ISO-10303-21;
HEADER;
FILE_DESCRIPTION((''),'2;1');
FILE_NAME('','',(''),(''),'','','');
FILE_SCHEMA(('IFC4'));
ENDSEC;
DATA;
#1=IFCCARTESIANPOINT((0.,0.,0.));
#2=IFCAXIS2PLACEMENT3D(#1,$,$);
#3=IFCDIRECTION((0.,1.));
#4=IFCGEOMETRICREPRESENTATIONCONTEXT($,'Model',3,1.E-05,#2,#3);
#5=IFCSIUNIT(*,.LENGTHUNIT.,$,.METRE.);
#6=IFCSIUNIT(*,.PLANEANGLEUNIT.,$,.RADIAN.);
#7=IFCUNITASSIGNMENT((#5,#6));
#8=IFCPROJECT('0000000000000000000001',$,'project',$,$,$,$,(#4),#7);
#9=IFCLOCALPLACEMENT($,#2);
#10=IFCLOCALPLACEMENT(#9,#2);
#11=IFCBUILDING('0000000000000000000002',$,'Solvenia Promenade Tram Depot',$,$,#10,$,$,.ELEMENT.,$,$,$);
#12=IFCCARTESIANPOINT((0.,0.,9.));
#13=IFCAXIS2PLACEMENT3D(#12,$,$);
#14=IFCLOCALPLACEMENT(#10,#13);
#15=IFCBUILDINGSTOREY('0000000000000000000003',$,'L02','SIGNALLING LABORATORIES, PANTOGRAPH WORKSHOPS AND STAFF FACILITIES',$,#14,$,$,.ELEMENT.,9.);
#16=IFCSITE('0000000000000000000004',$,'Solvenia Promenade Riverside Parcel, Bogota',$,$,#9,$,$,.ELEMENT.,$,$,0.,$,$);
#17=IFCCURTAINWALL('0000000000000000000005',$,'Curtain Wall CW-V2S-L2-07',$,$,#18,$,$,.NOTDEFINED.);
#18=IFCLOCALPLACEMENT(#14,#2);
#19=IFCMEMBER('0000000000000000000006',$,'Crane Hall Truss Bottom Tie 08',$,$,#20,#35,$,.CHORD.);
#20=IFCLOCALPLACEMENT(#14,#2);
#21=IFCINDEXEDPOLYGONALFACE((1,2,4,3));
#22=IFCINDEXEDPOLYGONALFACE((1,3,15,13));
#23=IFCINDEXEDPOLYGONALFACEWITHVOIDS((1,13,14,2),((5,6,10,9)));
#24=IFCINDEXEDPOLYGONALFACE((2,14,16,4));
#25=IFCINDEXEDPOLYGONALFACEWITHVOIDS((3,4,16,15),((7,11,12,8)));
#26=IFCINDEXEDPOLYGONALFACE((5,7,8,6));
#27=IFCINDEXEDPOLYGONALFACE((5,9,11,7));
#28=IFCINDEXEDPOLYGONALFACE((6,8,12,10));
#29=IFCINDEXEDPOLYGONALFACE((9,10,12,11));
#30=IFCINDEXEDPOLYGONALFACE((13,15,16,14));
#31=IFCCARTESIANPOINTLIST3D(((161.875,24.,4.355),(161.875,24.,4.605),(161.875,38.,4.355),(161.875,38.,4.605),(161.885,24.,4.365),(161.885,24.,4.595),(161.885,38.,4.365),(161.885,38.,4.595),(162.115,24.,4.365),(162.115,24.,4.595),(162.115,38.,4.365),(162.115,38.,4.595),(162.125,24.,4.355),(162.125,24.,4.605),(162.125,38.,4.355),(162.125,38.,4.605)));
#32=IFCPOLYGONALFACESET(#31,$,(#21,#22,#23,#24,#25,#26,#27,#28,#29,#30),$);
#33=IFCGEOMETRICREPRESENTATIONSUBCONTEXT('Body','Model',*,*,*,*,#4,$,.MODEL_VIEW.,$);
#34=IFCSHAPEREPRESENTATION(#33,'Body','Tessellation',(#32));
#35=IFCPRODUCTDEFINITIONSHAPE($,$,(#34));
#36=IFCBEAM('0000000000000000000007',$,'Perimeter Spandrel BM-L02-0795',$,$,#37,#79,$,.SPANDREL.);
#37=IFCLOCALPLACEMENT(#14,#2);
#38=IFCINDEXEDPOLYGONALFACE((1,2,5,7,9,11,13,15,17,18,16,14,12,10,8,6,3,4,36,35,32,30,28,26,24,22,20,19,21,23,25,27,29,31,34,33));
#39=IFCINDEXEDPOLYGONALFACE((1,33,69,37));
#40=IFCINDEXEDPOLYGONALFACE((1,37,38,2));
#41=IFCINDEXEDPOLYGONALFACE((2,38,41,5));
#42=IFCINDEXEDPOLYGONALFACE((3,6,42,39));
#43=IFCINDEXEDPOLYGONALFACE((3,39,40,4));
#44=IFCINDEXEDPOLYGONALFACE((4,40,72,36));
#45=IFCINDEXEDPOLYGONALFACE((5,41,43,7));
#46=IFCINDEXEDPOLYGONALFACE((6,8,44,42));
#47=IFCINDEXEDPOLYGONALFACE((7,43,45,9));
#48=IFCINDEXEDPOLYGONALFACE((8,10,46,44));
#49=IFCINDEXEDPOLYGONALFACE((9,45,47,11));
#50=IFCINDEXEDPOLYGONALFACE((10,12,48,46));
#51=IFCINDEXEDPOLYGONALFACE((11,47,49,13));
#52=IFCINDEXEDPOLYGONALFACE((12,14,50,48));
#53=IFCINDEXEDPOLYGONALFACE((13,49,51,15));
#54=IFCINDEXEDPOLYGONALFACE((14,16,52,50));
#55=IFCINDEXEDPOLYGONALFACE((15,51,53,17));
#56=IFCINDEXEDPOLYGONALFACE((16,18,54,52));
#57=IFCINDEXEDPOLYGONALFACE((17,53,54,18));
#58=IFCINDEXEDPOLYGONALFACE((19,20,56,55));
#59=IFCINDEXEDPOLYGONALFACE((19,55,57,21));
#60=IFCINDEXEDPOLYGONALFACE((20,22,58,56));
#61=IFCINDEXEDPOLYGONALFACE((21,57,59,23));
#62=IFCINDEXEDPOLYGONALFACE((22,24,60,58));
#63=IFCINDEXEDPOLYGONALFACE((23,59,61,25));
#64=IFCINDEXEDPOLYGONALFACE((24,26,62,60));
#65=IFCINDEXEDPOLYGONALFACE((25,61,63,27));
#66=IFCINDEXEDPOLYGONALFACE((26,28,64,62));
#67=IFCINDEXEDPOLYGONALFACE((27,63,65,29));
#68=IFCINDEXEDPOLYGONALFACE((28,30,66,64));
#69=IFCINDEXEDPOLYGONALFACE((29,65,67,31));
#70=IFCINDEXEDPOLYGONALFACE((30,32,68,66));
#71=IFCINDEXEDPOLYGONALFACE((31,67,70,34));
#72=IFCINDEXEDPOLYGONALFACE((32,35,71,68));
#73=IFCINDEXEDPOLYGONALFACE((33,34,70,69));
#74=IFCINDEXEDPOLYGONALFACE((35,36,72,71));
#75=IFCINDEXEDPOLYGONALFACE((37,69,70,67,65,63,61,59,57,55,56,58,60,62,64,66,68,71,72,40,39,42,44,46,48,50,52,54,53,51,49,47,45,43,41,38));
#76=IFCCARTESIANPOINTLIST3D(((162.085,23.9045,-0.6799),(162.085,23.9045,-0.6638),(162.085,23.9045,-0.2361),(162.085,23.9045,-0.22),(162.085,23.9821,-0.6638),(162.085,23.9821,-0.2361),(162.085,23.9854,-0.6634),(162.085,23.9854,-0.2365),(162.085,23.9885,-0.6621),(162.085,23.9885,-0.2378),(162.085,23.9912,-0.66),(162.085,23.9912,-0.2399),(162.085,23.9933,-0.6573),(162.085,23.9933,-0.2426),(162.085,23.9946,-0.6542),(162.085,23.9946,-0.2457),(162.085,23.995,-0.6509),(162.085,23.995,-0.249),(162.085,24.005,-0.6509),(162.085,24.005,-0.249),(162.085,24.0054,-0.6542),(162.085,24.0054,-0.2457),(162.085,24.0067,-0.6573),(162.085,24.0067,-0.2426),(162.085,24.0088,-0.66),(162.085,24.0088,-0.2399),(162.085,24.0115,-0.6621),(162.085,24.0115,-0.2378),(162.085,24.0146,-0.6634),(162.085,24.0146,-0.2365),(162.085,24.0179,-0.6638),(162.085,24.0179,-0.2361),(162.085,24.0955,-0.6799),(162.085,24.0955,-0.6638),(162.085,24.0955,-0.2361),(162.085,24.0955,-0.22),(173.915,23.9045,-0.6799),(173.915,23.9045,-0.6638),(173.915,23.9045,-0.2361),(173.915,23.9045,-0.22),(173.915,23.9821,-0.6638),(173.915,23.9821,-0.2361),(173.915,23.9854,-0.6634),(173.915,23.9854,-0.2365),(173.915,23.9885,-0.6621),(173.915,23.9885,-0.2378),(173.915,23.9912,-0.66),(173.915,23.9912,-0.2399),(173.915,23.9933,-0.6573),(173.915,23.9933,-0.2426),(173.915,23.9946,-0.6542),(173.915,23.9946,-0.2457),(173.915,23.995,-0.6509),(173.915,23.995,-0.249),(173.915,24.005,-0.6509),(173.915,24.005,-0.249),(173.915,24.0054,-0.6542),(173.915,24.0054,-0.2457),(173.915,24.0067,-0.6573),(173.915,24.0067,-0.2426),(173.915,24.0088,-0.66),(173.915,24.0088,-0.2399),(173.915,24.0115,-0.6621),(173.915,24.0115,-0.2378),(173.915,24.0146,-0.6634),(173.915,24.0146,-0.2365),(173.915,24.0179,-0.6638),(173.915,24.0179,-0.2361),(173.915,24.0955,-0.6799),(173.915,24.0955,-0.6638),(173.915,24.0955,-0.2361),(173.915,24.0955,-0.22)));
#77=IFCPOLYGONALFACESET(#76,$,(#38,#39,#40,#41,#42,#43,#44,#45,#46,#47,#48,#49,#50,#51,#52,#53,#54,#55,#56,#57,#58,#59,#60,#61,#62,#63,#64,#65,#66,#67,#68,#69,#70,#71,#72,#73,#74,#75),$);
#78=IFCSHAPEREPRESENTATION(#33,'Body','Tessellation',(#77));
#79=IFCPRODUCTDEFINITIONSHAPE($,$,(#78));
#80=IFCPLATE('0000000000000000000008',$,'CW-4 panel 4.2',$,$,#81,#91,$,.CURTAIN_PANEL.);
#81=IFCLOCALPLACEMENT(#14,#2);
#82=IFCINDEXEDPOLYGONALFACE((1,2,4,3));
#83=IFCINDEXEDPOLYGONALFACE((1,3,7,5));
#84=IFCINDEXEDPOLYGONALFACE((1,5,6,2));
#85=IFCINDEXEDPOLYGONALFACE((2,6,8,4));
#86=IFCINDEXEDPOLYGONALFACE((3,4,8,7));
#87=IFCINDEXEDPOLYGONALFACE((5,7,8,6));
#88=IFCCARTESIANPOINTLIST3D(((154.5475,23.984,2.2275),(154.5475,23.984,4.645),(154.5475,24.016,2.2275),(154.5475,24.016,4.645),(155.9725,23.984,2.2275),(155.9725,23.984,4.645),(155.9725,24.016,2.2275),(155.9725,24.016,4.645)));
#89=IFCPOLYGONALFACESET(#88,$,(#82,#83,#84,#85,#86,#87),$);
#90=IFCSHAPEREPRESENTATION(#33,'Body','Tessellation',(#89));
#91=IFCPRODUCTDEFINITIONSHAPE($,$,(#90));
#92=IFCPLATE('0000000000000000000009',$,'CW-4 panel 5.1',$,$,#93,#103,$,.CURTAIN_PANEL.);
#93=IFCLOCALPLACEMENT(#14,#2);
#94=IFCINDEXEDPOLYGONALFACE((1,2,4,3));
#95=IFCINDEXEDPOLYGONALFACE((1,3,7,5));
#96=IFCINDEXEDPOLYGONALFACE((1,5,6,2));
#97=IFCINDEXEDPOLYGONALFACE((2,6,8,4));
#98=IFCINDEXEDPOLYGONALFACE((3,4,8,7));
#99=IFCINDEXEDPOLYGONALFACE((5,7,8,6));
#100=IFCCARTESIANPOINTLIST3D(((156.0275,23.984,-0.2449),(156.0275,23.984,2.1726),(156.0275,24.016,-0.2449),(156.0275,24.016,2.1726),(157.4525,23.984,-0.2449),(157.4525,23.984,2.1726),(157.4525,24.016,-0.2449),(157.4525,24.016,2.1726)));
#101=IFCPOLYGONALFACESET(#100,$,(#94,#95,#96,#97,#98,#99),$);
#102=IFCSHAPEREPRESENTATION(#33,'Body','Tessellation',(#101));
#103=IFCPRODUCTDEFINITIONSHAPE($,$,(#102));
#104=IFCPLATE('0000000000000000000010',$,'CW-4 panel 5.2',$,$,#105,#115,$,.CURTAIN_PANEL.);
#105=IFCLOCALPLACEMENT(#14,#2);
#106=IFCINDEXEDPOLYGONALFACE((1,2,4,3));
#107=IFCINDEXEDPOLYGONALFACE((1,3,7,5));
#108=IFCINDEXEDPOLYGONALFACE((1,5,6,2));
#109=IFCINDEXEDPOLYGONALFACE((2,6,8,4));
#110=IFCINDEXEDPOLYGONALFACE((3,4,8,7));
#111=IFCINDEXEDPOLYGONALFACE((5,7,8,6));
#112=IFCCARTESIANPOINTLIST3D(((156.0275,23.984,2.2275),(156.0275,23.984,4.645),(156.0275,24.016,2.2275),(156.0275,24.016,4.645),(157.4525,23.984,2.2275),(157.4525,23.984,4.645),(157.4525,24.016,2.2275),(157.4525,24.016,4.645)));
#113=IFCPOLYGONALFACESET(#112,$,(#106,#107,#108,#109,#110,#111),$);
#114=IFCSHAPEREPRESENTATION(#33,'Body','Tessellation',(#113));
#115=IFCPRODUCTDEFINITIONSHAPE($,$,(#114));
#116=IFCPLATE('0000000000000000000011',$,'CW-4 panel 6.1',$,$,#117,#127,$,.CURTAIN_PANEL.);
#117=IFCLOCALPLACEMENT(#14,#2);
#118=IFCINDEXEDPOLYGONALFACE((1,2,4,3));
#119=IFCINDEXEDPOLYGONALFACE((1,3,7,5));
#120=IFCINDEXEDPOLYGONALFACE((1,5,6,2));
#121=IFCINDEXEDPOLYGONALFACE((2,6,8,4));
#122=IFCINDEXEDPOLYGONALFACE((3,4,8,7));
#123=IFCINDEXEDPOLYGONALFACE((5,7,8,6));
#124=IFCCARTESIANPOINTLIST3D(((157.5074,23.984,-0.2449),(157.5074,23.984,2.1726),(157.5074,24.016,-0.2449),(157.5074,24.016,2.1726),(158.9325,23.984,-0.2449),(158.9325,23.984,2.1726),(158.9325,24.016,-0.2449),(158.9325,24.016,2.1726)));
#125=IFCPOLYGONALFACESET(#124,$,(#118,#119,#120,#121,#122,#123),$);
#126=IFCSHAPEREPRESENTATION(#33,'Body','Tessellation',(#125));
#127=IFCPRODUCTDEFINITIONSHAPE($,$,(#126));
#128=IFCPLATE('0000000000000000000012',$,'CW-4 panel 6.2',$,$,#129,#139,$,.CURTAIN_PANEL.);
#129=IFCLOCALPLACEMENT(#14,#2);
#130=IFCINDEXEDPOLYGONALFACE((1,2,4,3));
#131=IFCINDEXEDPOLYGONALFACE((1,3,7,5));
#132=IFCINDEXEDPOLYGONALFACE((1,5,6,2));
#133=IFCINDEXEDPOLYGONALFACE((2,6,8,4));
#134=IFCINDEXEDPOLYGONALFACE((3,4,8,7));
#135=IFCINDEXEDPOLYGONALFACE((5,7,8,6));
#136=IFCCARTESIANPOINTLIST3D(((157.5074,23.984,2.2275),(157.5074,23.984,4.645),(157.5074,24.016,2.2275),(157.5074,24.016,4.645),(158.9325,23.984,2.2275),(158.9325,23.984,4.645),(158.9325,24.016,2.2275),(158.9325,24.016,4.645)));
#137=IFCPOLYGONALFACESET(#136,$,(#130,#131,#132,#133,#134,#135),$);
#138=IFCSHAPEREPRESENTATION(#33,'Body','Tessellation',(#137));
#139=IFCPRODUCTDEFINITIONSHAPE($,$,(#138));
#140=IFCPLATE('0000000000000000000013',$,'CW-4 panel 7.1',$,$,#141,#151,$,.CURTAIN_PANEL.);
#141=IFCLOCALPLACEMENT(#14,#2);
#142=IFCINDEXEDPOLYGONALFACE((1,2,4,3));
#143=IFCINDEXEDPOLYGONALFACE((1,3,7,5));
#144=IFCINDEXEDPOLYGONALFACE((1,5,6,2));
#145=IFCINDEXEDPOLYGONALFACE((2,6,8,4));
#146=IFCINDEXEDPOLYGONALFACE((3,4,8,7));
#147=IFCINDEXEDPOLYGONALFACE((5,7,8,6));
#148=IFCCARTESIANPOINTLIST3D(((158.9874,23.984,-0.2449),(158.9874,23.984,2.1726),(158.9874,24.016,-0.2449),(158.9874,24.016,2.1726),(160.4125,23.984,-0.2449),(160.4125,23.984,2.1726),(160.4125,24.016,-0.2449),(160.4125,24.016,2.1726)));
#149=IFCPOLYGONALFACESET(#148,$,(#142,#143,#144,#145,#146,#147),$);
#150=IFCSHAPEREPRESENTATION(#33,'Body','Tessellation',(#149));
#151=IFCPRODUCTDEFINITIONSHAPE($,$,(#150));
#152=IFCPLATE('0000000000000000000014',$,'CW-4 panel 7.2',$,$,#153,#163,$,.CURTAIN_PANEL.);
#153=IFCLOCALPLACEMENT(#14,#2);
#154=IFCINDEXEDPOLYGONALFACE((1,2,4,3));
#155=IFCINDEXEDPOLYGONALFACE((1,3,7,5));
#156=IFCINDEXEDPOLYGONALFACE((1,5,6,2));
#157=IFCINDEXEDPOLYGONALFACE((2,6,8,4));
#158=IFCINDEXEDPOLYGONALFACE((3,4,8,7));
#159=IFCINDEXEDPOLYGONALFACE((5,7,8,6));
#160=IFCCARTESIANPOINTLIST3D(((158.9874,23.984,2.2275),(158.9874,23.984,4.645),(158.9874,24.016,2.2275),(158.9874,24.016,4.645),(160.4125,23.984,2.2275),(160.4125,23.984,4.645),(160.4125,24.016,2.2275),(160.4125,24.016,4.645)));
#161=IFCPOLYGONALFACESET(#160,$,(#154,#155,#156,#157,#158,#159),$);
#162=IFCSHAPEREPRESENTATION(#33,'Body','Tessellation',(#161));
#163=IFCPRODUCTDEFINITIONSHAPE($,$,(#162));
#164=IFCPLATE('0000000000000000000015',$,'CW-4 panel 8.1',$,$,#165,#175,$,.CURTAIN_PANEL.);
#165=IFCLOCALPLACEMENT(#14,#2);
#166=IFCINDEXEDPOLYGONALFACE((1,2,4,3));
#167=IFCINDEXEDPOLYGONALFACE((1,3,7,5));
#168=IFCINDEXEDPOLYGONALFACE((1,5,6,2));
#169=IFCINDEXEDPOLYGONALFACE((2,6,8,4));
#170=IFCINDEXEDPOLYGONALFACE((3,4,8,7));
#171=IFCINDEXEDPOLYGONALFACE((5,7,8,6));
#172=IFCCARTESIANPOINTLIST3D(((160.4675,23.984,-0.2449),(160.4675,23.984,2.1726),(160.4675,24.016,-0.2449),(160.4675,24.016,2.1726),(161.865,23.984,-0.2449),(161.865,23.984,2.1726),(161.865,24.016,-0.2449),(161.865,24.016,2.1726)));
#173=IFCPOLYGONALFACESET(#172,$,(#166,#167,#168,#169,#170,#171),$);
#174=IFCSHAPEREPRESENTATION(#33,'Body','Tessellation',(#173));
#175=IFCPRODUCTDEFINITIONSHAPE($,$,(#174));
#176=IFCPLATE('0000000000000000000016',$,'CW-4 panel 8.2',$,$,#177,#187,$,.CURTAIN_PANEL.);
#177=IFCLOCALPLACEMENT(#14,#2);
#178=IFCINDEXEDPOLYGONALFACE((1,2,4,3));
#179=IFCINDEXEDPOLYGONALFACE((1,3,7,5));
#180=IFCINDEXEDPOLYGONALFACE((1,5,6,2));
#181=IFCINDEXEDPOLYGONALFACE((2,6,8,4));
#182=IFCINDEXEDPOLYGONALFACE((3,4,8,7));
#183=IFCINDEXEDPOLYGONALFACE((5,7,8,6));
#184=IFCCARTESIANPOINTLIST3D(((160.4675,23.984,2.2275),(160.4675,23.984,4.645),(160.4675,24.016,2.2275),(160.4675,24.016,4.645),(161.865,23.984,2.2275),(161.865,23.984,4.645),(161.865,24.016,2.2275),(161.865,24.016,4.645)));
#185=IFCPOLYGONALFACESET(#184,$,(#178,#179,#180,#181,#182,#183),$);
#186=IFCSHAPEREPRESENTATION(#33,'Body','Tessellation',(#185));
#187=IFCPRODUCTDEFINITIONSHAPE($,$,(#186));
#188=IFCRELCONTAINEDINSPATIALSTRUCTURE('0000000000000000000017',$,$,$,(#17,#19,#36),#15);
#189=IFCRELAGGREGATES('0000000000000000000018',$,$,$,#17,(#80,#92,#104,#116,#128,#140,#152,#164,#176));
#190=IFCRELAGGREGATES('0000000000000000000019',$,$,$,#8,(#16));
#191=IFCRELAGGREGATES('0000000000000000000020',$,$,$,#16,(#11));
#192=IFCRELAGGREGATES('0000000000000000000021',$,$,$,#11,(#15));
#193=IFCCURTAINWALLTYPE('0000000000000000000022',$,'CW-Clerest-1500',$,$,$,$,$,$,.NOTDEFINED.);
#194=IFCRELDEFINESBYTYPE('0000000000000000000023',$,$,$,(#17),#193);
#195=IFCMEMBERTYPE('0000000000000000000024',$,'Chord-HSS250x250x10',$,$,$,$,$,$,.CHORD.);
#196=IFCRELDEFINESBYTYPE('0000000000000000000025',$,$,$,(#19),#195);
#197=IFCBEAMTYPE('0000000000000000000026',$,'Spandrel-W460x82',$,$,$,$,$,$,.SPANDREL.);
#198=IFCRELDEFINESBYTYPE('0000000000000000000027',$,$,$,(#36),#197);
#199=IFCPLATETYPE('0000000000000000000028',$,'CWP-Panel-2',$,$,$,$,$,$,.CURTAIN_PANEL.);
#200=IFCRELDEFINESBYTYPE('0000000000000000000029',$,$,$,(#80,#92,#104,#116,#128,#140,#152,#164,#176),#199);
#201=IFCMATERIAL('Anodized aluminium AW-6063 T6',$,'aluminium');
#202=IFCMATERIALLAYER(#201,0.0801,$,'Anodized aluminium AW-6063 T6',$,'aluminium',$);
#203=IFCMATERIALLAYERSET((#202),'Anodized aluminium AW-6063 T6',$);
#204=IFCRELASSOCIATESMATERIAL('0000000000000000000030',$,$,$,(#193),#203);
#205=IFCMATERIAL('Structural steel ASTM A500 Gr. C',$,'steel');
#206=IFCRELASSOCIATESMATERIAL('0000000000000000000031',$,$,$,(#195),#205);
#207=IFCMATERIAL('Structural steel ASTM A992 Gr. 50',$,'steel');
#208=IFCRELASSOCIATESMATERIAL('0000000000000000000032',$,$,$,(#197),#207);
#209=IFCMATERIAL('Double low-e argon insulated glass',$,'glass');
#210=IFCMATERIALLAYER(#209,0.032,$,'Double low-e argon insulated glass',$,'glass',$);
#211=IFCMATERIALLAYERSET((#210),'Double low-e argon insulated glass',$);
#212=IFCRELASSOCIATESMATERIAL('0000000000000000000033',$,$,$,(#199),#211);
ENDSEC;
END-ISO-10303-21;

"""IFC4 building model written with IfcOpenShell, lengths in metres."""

from ifc_helpers import new_model, si_unit, direction, frame, origin, origin_2d, place, context, subcontext, project, spatial, rectangle, hollow_rectangle, i_section, extrude, material, layer, layer_set, material_profile, profile_set, type_object, element, aggregate, save


model = new_model("IFC4")

# Units and contexts
model_context = context("Model", 3, precision=1e-05, world=origin(), true_north=direction((0.0, 1.0)))
body_context = subcontext(model_context, "Body", "Model", "MODEL_VIEW")
ifc_project = project(units=[si_unit("LENGTHUNIT", "METRE"), si_unit("PLANEANGLEUNIT", "RADIAN")], contexts=[model_context])

# Site, building, storey
site_placement = place(None, origin())
site = spatial("IfcSite", under=ifc_project, at=site_placement, Name="Solvenia Promenade Riverside Parcel, Bogota", CompositionType="ELEMENT", RefElevation=0.0)
building_placement = place(site_placement, origin())
building = spatial("IfcBuilding", under=site, at=building_placement, Name="Solvenia Promenade Tram Depot", CompositionType="ELEMENT")
storey_placement = place(building_placement, frame((0.0, 0.0, 9.0)))
storey = spatial("IfcBuildingStorey", under=building, at=storey_placement, Name="L02", Description="SIGNALLING LABORATORIES, PANTOGRAPH WORKSHOPS AND STAFF FACILITIES", CompositionType="ELEMENT", Elevation=9.0)

# Shared definitions
ifc_material_1 = material(Name="Structural steel ASTM A992 Gr. 50", Category="steel")

# Curtain wall
ifc_material_2 = material(Name="Anodized aluminium AW-6063 T6", Category="aluminium")
ifc_layer_1 = layer(ifc_material_2, 0.0801, Name="Anodized aluminium AW-6063 T6", Category="aluminium")
ifc_layer_set_1 = layer_set([ifc_layer_1], Name="Anodized aluminium AW-6063 T6")
curtain_wall_type = type_object("IfcCurtainWallType", Name="CW-Clerest-1500", PredefinedType="NOTDEFINED", material=ifc_layer_set_1)
curtain_wall_1_placement = place(storey_placement, origin())
curtain_wall_1 = element("IfcCurtainWall", 1, at=curtain_wall_1_placement, inside=storey, type_object=curtain_wall_type, Name="Curtain Wall CW-V2S-L2-07", PredefinedType="NOTDEFINED")

# Member
ifc_material_3 = material(Name="Structural steel ASTM A500 Gr. C", Category="steel")
ifc_material_profile_1 = material_profile(ifc_material_3, hollow_rectangle(XDim=0.25, YDim=0.25, WallThickness=0.01, at=origin_2d()), Name="HSS250x250x10", Category="steel")
ifc_profile_set_1 = profile_set([ifc_material_profile_1], Name="Structural steel ASTM A500 Gr. C")
member_type_1 = type_object("IfcMemberType", Name="Chord-HSS250x250x10", PredefinedType="CHORD", material=ifc_profile_set_1)
member_1_placement = place(storey_placement, frame((162.0, 24.0, 4.48), z_axis=(0.0, 1.0, 0.0), x_axis=(-1.0, 0.0, 0.0)))
element("IfcMember", 2, at=member_1_placement, inside=storey, type_object=member_type_1, Name="Crane Hall Truss Bottom Tie 08", PredefinedType="CHORD", context=body_context, shape_type="SweptSolid", body=[
    extrude(hollow_rectangle(XDim=0.25, YDim=0.25, WallThickness=0.01, at=origin_2d()), origin(), (0.0, 0.0, 1.0), 14.0),
])

# Beam
ifc_material_profile_2 = material_profile(ifc_material_1, i_section(OverallWidth=0.1909, OverallDepth=0.46, WebThickness=0.01, FlangeThickness=0.0161, FilletRadius=0.0129, at=origin_2d()), Name="W460x82", Category="steel")
ifc_profile_set_2 = profile_set([ifc_material_profile_2], Name="Structural steel ASTM A992 Gr. 50")
beam_type = type_object("IfcBeamType", Name="Spandrel-W460x82", PredefinedType="SPANDREL", material=ifc_profile_set_2)
beam_placement = place(storey_placement, frame((162.085, 24.0, -0.45), z_axis=(1.0, 0.0, 0.0), x_axis=(0.0, 1.0, 0.0)))
element("IfcBeam", 3, at=beam_placement, inside=storey, type_object=beam_type, Name="Perimeter Spandrel BM-L02-0795", PredefinedType="SPANDREL", context=body_context, shape_type="SweptSolid", body=[
    extrude(i_section(OverallWidth=0.1909, OverallDepth=0.46, WebThickness=0.01, FlangeThickness=0.0161, FilletRadius=0.0129, at=origin_2d()), origin(), (0.0, 0.0, 1.0), 11.8301),
])

# Plates
ifc_material_4 = material(Name="Double low-e argon insulated glass", Category="glass")
ifc_layer_2 = layer(ifc_material_4, 0.032, Name="Double low-e argon insulated glass", Category="glass")
ifc_layer_set_2 = layer_set([ifc_layer_2], Name="Double low-e argon insulated glass")
plate_type = type_object("IfcPlateType", Name="CWP-Panel-2", PredefinedType="CURTAIN_PANEL", material=ifc_layer_set_2)
plate_1_placement = place(storey_placement, frame((155.26, 24.0, 2.2275), z_axis=(0.0, 0.0, 1.0), x_axis=(1.0, 0.0, 0.0)))
plate_1 = element("IfcPlate", 4, at=plate_1_placement, type_object=plate_type, Name="CW-4 panel 4.2", PredefinedType="CURTAIN_PANEL", context=body_context, shape_type="SweptSolid", body=[
    extrude(rectangle(XDim=1.425, YDim=0.032, at=origin_2d()), origin(), (0.0, 0.0, 1.0), 2.4175),
])
plate_2_placement = place(storey_placement, frame((156.74, 24.0, -0.2449), z_axis=(0.0, 0.0, 1.0), x_axis=(1.0, 0.0, 0.0)))
plate_2 = element("IfcPlate", 5, at=plate_2_placement, type_object=plate_type, Name="CW-4 panel 5.1", PredefinedType="CURTAIN_PANEL", context=body_context, shape_type="SweptSolid", body=[
    extrude(rectangle(XDim=1.425, YDim=0.032, at=origin_2d()), origin(), (0.0, 0.0, 1.0), 2.4175),
])
plate_3_placement = place(storey_placement, frame((156.74, 24.0, 2.2275), z_axis=(0.0, 0.0, 1.0), x_axis=(1.0, 0.0, 0.0)))
plate_3 = element("IfcPlate", 6, at=plate_3_placement, type_object=plate_type, Name="CW-4 panel 5.2", PredefinedType="CURTAIN_PANEL", context=body_context, shape_type="SweptSolid", body=[
    extrude(rectangle(XDim=1.425, YDim=0.032, at=origin_2d()), origin(), (0.0, 0.0, 1.0), 2.4175),
])
plate_4_placement = place(storey_placement, frame((158.22, 24.0, -0.2449), z_axis=(0.0, 0.0, 1.0), x_axis=(1.0, 0.0, 0.0)))
plate_4 = element("IfcPlate", 7, at=plate_4_placement, type_object=plate_type, Name="CW-4 panel 6.1", PredefinedType="CURTAIN_PANEL", context=body_context, shape_type="SweptSolid", body=[
    extrude(rectangle(XDim=1.425, YDim=0.032, at=origin_2d()), origin(), (0.0, 0.0, 1.0), 2.4175),
])
plate_5_placement = place(storey_placement, frame((158.22, 24.0, 2.2275), z_axis=(0.0, 0.0, 1.0), x_axis=(1.0, 0.0, 0.0)))
plate_5 = element("IfcPlate", 8, at=plate_5_placement, type_object=plate_type, Name="CW-4 panel 6.2", PredefinedType="CURTAIN_PANEL", context=body_context, shape_type="SweptSolid", body=[
    extrude(rectangle(XDim=1.425, YDim=0.032, at=origin_2d()), origin(), (0.0, 0.0, 1.0), 2.4175),
])
plate_6_placement = place(storey_placement, frame((159.7, 24.0, -0.2449), z_axis=(0.0, 0.0, 1.0), x_axis=(1.0, 0.0, 0.0)))
plate_6 = element("IfcPlate", 9, at=plate_6_placement, type_object=plate_type, Name="CW-4 panel 7.1", PredefinedType="CURTAIN_PANEL", context=body_context, shape_type="SweptSolid", body=[
    extrude(rectangle(XDim=1.425, YDim=0.032, at=origin_2d()), origin(), (0.0, 0.0, 1.0), 2.4175),
])
plate_7_placement = place(storey_placement, frame((159.7, 24.0, 2.2275), z_axis=(0.0, 0.0, 1.0), x_axis=(1.0, 0.0, 0.0)))
plate_7 = element("IfcPlate", 10, at=plate_7_placement, type_object=plate_type, Name="CW-4 panel 7.2", PredefinedType="CURTAIN_PANEL", context=body_context, shape_type="SweptSolid", body=[
    extrude(rectangle(XDim=1.425, YDim=0.032, at=origin_2d()), origin(), (0.0, 0.0, 1.0), 2.4175),
])
plate_8_placement = place(storey_placement, frame((161.1663, 24.0, -0.2449), z_axis=(0.0, 0.0, 1.0), x_axis=(1.0, 0.0, 0.0)))
plate_8 = element("IfcPlate", 11, at=plate_8_placement, type_object=plate_type, Name="CW-4 panel 8.1", PredefinedType="CURTAIN_PANEL", context=body_context, shape_type="SweptSolid", body=[
    extrude(rectangle(XDim=1.3975, YDim=0.032, at=origin_2d()), origin(), (0.0, 0.0, 1.0), 2.4175),
])
plate_9_placement = place(storey_placement, frame((161.1663, 24.0, 2.2275), z_axis=(0.0, 0.0, 1.0), x_axis=(1.0, 0.0, 0.0)))
plate_9 = element("IfcPlate", 12, at=plate_9_placement, type_object=plate_type, Name="CW-4 panel 8.2", PredefinedType="CURTAIN_PANEL", context=body_context, shape_type="SweptSolid", body=[
    extrude(rectangle(XDim=1.3975, YDim=0.032, at=origin_2d()), origin(), (0.0, 0.0, 1.0), 2.4175),
])
aggregate(curtain_wall_1, [plate_1, plate_2, plate_3, plate_4, plate_5, plate_6, plate_7, plate_8, plate_9])

save(model, "model.ifc")
